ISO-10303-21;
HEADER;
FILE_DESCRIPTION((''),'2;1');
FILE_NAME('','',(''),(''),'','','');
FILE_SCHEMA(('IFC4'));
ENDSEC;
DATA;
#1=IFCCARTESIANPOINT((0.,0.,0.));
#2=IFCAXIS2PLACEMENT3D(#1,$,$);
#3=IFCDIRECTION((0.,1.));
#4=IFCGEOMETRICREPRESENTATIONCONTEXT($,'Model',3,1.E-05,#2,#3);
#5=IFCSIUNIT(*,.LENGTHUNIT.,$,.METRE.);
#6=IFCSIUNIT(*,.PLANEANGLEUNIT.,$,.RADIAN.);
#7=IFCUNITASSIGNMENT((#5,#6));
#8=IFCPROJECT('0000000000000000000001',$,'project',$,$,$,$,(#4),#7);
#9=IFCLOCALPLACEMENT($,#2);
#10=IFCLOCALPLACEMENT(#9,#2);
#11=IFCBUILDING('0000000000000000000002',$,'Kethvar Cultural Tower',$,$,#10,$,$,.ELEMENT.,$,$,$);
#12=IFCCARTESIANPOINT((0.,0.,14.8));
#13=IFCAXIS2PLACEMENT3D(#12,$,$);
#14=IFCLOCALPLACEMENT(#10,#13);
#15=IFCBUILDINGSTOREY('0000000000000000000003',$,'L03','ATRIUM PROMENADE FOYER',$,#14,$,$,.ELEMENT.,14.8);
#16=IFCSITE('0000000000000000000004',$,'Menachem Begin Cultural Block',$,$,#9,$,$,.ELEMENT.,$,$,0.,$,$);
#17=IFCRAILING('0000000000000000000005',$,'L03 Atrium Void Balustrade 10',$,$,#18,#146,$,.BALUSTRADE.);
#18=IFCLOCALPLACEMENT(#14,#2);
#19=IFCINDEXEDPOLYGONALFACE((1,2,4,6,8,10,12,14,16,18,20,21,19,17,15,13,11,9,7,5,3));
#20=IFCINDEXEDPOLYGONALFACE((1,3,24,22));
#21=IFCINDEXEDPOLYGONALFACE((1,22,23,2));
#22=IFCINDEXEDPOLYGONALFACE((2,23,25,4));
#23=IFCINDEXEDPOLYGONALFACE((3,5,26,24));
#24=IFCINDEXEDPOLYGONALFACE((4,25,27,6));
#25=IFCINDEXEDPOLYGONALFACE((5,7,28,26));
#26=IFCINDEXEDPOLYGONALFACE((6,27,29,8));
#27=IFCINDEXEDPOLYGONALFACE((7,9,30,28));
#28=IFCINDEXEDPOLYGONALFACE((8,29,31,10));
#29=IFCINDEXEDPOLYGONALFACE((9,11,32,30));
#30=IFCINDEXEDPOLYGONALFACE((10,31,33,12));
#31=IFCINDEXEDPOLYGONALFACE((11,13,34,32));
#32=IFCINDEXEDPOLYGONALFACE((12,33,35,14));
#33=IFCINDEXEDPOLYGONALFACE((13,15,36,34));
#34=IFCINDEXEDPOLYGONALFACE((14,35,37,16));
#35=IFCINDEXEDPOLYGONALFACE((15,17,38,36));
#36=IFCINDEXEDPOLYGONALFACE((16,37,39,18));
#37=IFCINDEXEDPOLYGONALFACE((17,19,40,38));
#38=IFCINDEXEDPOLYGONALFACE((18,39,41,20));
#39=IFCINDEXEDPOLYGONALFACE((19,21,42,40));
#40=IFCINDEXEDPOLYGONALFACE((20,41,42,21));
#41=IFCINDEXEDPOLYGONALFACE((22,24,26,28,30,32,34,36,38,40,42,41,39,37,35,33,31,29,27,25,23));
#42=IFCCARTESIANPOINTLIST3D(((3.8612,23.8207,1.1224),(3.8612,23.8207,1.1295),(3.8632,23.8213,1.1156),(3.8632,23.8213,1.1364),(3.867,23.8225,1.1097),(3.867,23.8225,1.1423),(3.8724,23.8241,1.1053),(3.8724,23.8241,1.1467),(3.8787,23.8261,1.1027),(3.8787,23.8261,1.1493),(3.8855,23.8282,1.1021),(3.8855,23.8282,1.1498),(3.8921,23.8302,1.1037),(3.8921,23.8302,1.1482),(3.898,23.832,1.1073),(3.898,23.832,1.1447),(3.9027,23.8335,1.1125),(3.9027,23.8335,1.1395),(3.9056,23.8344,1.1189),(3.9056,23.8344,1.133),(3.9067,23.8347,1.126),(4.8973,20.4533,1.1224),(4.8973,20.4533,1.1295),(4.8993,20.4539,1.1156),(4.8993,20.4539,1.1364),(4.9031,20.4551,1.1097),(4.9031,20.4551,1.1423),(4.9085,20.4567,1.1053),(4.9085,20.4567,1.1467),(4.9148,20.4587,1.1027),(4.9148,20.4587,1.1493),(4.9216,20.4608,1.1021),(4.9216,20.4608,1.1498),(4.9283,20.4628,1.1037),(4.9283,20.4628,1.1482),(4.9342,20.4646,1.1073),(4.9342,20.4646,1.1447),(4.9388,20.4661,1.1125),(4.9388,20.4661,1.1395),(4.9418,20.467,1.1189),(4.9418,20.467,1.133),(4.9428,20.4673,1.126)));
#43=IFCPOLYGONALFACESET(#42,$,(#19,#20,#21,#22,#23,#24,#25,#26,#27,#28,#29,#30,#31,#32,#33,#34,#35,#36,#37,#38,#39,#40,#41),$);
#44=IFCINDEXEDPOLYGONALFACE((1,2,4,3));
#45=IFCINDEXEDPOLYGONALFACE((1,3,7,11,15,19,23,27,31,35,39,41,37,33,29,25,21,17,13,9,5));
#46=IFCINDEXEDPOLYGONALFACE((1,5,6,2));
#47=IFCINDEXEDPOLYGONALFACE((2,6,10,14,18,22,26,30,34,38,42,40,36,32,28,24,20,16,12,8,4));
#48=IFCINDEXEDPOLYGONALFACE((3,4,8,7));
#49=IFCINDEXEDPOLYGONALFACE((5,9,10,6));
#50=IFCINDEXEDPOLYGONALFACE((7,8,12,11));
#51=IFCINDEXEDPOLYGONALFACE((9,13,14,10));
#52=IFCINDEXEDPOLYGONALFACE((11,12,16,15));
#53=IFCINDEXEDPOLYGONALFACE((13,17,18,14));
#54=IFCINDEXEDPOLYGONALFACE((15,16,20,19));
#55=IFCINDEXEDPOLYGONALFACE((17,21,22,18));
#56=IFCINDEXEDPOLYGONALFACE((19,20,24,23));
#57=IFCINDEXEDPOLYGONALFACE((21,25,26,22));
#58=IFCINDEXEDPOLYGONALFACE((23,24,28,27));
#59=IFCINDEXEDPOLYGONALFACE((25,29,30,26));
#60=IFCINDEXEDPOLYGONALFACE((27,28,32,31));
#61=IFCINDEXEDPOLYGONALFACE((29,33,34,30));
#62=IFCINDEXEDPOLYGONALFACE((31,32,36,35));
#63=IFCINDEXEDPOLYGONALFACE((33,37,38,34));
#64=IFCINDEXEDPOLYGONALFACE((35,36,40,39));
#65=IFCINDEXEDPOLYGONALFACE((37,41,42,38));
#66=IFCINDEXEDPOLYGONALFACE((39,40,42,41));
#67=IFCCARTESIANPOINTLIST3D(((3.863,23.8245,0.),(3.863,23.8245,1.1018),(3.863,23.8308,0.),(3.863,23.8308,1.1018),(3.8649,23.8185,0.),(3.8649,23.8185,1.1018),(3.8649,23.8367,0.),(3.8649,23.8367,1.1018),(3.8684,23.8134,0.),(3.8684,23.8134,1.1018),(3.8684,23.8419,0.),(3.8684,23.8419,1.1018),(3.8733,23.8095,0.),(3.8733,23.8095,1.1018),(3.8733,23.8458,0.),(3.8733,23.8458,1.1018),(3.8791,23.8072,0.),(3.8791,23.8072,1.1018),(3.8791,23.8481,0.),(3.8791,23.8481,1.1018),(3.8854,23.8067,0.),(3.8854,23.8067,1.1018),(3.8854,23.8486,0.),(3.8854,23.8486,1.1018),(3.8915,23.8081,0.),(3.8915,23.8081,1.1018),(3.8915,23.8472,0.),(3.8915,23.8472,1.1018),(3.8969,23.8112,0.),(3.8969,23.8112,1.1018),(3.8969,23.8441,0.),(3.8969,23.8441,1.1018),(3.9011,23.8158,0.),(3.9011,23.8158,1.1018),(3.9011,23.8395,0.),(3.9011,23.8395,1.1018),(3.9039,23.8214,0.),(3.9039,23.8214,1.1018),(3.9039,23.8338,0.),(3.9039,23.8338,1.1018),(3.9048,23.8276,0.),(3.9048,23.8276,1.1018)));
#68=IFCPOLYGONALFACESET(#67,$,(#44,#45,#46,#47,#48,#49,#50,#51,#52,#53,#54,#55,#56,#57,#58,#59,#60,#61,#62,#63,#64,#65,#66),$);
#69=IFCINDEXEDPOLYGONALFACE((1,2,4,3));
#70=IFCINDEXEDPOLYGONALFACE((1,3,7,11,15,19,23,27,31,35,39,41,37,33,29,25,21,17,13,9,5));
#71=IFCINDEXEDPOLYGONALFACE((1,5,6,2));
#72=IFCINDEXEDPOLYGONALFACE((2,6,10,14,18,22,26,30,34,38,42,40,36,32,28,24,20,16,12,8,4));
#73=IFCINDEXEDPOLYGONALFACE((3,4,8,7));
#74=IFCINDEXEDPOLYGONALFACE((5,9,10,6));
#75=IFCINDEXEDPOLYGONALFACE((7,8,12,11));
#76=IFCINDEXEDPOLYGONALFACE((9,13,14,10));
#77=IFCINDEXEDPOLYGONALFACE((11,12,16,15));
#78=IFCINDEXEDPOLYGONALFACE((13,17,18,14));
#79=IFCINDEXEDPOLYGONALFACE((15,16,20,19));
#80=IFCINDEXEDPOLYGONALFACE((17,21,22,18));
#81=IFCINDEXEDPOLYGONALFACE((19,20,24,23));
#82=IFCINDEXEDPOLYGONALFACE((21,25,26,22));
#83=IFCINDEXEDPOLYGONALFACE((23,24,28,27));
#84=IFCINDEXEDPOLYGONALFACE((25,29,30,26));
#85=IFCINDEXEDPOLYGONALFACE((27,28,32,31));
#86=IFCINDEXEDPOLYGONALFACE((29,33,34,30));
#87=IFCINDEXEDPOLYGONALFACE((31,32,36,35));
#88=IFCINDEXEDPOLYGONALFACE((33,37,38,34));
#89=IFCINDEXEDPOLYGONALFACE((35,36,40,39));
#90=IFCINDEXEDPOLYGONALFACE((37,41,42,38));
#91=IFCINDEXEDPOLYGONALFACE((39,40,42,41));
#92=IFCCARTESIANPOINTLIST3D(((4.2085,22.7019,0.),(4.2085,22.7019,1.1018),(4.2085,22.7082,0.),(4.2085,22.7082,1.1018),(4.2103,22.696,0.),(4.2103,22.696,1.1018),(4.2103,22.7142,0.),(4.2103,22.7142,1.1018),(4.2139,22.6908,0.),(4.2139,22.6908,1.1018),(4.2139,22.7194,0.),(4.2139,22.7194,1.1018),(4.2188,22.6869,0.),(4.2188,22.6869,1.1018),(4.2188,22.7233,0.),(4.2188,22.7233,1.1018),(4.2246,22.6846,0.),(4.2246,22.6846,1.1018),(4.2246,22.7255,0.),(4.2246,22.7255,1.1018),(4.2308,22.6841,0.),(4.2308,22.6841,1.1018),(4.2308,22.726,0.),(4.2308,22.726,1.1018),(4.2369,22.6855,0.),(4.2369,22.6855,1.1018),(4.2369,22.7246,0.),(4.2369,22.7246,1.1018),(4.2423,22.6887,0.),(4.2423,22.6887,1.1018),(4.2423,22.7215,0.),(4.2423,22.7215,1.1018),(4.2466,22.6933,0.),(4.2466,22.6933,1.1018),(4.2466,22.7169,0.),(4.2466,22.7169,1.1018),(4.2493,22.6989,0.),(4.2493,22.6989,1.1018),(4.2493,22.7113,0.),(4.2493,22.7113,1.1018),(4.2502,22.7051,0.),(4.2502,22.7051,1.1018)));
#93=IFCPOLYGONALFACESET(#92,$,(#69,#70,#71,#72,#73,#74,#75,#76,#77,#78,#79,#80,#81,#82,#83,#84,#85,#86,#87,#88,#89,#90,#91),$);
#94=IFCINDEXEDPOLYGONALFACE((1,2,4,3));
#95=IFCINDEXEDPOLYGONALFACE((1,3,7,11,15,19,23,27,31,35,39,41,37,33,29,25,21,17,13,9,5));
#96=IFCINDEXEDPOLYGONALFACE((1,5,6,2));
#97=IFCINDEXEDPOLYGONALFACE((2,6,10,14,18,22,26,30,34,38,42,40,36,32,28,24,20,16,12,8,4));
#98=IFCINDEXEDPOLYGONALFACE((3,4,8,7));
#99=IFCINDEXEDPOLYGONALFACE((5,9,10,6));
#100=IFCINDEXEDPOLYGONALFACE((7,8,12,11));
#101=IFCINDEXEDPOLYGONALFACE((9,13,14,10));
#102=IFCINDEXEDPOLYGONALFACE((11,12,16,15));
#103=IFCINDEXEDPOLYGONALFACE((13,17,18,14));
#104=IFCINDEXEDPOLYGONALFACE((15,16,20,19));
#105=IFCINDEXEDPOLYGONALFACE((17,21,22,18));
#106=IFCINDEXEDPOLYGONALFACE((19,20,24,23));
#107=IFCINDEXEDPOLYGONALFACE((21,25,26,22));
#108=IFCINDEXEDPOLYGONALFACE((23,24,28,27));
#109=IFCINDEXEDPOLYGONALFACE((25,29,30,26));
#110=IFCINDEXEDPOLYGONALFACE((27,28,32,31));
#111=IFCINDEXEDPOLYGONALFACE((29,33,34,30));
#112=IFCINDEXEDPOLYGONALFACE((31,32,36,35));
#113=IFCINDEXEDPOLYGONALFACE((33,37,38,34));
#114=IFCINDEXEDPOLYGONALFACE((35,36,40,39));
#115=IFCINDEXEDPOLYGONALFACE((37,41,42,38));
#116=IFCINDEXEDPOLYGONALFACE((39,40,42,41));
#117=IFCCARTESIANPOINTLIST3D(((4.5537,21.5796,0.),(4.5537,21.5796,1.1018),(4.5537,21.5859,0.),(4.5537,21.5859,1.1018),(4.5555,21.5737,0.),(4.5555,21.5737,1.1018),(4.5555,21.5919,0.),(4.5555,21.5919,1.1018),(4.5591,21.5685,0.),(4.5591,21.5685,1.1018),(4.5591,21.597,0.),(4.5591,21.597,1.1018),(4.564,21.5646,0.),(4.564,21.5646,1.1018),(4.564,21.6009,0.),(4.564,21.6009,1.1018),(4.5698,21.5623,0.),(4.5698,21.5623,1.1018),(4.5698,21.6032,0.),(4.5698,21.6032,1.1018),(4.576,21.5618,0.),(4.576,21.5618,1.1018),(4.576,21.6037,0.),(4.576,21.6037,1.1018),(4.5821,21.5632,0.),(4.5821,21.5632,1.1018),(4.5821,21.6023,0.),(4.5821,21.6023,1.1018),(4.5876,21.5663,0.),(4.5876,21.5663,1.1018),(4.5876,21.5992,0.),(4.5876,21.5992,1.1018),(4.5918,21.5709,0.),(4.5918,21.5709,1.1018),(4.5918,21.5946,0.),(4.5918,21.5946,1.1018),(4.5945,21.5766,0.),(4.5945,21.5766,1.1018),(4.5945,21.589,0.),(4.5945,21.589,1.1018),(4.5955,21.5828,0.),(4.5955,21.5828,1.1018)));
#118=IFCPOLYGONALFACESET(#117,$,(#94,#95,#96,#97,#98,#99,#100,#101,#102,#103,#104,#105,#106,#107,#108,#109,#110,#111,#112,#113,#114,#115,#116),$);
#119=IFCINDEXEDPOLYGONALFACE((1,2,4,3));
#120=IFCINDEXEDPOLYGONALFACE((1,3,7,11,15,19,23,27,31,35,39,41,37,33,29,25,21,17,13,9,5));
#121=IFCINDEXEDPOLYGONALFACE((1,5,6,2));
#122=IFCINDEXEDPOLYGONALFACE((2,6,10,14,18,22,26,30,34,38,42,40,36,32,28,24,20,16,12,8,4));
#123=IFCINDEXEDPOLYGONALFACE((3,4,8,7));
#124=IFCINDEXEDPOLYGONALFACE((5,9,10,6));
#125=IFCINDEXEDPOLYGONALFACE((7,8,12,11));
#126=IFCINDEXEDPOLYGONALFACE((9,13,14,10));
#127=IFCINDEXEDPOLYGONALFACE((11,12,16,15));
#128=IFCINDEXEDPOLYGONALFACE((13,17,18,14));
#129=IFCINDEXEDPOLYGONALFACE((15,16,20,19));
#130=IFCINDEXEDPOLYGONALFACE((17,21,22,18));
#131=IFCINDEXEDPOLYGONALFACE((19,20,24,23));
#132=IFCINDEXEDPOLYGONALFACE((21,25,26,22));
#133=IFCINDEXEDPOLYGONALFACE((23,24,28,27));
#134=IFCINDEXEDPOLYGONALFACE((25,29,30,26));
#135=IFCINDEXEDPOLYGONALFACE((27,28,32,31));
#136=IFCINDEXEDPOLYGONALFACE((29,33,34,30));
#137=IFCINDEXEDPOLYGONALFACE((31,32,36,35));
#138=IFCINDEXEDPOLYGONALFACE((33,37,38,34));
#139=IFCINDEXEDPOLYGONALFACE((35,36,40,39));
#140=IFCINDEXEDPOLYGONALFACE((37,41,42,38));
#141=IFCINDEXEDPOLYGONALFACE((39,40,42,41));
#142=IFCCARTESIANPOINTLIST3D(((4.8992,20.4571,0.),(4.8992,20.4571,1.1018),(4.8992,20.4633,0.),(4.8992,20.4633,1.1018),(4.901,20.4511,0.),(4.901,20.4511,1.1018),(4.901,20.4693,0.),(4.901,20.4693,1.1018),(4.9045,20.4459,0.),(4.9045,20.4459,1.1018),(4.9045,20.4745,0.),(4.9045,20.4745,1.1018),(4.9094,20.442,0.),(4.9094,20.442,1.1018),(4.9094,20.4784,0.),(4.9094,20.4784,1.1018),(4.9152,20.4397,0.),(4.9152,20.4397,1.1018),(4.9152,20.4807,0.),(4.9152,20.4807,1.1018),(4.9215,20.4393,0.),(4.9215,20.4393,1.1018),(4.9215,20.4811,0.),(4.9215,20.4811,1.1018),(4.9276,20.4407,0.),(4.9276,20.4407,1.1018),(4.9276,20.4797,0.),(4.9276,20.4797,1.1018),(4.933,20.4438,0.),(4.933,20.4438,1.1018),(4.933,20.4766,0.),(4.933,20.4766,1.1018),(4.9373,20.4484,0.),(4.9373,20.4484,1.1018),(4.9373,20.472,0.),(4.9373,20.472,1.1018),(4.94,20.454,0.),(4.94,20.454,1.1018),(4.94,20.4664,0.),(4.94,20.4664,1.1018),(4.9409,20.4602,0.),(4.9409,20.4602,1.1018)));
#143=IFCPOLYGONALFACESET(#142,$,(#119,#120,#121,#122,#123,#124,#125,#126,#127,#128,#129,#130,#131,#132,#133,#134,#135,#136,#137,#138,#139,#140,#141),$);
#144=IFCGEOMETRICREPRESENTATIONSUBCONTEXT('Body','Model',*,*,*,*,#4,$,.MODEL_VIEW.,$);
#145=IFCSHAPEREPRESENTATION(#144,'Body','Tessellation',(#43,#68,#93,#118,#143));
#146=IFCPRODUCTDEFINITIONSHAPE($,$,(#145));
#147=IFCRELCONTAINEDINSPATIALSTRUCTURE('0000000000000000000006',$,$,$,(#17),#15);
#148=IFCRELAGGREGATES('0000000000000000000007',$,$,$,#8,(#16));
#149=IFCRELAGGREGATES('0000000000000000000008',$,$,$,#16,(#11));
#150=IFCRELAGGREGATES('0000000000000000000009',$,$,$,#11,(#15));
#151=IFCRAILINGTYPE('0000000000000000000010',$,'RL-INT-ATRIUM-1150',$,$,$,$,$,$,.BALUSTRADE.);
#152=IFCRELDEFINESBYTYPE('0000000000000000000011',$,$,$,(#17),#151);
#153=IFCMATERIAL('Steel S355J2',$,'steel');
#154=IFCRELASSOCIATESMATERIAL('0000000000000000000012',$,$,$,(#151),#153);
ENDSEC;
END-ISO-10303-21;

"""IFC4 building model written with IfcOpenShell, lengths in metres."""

from ifc_helpers import new_model, si_unit, direction, frame, origin, origin_2d, place, context, subcontext, project, spatial, circle, extrude, material, type_object, element, save


model = new_model("IFC4")

# Units and contexts
model_context = context("Model", 3, precision=1e-05, world=origin(), true_north=direction((0.0, 1.0)))
body_context = subcontext(model_context, "Body", "Model", "MODEL_VIEW")
ifc_project = project(units=[si_unit("LENGTHUNIT", "METRE"), si_unit("PLANEANGLEUNIT", "RADIAN")], contexts=[model_context])

# Site, building, storey
site_placement = place(None, origin())
site = spatial("IfcSite", under=ifc_project, at=site_placement, Name="Menachem Begin Cultural Block", CompositionType="ELEMENT", RefElevation=0.0)
building_placement = place(site_placement, origin())
building = spatial("IfcBuilding", under=site, at=building_placement, Name="Kethvar Cultural Tower", CompositionType="ELEMENT")
storey_placement = place(building_placement, frame((0.0, 0.0, 14.8)))
storey = spatial("IfcBuildingStorey", under=building, at=storey_placement, Name="L03", Description="ATRIUM PROMENADE FOYER", CompositionType="ELEMENT", Elevation=14.8)

# Shared definitions
ifc_material_1 = material(Name="Steel S355J2", Category="steel")

# Railing
railing_type_1 = type_object("IfcRailingType", Name="RL-INT-ATRIUM-1150", PredefinedType="BALUSTRADE", material=ifc_material_1)
railing_1_placement = place(storey_placement, frame((3.8838, 23.8276, 0.0)))
element("IfcRailing", 1, at=railing_1_placement, inside=storey, type_object=railing_type_1, Name="L03 Atrium Void Balustrade 10", PredefinedType="BALUSTRADE", context=body_context, shape_type="SweptSolid", body=[
    extrude(circle(Radius=0.0239, at=origin_2d()), frame((0.0, 0.0, 1.126), z_axis=(0.294086, -0.955779, 0.0), x_axis=(0.955779, 0.294086, 0.0)), (0.0, 0.0, 1.0), 3.5232),
    extrude(circle(Radius=0.021, at=origin_2d()), origin(), (0.0, 0.0, 1.0), 1.1018),
    extrude(circle(Radius=0.021, at=origin_2d()), frame((0.3455, -1.1226, 0.0)), (0.0, 0.0, 1.0), 1.1018),
    extrude(circle(Radius=0.021, at=origin_2d()), frame((0.6907, -2.2449, 0.0)), (0.0, 0.0, 1.0), 1.1018),
    extrude(circle(Radius=0.021, at=origin_2d()), frame((1.0361, -3.3674, 0.0)), (0.0, 0.0, 1.0), 1.1018),
])

save(model, "model.ifc")
